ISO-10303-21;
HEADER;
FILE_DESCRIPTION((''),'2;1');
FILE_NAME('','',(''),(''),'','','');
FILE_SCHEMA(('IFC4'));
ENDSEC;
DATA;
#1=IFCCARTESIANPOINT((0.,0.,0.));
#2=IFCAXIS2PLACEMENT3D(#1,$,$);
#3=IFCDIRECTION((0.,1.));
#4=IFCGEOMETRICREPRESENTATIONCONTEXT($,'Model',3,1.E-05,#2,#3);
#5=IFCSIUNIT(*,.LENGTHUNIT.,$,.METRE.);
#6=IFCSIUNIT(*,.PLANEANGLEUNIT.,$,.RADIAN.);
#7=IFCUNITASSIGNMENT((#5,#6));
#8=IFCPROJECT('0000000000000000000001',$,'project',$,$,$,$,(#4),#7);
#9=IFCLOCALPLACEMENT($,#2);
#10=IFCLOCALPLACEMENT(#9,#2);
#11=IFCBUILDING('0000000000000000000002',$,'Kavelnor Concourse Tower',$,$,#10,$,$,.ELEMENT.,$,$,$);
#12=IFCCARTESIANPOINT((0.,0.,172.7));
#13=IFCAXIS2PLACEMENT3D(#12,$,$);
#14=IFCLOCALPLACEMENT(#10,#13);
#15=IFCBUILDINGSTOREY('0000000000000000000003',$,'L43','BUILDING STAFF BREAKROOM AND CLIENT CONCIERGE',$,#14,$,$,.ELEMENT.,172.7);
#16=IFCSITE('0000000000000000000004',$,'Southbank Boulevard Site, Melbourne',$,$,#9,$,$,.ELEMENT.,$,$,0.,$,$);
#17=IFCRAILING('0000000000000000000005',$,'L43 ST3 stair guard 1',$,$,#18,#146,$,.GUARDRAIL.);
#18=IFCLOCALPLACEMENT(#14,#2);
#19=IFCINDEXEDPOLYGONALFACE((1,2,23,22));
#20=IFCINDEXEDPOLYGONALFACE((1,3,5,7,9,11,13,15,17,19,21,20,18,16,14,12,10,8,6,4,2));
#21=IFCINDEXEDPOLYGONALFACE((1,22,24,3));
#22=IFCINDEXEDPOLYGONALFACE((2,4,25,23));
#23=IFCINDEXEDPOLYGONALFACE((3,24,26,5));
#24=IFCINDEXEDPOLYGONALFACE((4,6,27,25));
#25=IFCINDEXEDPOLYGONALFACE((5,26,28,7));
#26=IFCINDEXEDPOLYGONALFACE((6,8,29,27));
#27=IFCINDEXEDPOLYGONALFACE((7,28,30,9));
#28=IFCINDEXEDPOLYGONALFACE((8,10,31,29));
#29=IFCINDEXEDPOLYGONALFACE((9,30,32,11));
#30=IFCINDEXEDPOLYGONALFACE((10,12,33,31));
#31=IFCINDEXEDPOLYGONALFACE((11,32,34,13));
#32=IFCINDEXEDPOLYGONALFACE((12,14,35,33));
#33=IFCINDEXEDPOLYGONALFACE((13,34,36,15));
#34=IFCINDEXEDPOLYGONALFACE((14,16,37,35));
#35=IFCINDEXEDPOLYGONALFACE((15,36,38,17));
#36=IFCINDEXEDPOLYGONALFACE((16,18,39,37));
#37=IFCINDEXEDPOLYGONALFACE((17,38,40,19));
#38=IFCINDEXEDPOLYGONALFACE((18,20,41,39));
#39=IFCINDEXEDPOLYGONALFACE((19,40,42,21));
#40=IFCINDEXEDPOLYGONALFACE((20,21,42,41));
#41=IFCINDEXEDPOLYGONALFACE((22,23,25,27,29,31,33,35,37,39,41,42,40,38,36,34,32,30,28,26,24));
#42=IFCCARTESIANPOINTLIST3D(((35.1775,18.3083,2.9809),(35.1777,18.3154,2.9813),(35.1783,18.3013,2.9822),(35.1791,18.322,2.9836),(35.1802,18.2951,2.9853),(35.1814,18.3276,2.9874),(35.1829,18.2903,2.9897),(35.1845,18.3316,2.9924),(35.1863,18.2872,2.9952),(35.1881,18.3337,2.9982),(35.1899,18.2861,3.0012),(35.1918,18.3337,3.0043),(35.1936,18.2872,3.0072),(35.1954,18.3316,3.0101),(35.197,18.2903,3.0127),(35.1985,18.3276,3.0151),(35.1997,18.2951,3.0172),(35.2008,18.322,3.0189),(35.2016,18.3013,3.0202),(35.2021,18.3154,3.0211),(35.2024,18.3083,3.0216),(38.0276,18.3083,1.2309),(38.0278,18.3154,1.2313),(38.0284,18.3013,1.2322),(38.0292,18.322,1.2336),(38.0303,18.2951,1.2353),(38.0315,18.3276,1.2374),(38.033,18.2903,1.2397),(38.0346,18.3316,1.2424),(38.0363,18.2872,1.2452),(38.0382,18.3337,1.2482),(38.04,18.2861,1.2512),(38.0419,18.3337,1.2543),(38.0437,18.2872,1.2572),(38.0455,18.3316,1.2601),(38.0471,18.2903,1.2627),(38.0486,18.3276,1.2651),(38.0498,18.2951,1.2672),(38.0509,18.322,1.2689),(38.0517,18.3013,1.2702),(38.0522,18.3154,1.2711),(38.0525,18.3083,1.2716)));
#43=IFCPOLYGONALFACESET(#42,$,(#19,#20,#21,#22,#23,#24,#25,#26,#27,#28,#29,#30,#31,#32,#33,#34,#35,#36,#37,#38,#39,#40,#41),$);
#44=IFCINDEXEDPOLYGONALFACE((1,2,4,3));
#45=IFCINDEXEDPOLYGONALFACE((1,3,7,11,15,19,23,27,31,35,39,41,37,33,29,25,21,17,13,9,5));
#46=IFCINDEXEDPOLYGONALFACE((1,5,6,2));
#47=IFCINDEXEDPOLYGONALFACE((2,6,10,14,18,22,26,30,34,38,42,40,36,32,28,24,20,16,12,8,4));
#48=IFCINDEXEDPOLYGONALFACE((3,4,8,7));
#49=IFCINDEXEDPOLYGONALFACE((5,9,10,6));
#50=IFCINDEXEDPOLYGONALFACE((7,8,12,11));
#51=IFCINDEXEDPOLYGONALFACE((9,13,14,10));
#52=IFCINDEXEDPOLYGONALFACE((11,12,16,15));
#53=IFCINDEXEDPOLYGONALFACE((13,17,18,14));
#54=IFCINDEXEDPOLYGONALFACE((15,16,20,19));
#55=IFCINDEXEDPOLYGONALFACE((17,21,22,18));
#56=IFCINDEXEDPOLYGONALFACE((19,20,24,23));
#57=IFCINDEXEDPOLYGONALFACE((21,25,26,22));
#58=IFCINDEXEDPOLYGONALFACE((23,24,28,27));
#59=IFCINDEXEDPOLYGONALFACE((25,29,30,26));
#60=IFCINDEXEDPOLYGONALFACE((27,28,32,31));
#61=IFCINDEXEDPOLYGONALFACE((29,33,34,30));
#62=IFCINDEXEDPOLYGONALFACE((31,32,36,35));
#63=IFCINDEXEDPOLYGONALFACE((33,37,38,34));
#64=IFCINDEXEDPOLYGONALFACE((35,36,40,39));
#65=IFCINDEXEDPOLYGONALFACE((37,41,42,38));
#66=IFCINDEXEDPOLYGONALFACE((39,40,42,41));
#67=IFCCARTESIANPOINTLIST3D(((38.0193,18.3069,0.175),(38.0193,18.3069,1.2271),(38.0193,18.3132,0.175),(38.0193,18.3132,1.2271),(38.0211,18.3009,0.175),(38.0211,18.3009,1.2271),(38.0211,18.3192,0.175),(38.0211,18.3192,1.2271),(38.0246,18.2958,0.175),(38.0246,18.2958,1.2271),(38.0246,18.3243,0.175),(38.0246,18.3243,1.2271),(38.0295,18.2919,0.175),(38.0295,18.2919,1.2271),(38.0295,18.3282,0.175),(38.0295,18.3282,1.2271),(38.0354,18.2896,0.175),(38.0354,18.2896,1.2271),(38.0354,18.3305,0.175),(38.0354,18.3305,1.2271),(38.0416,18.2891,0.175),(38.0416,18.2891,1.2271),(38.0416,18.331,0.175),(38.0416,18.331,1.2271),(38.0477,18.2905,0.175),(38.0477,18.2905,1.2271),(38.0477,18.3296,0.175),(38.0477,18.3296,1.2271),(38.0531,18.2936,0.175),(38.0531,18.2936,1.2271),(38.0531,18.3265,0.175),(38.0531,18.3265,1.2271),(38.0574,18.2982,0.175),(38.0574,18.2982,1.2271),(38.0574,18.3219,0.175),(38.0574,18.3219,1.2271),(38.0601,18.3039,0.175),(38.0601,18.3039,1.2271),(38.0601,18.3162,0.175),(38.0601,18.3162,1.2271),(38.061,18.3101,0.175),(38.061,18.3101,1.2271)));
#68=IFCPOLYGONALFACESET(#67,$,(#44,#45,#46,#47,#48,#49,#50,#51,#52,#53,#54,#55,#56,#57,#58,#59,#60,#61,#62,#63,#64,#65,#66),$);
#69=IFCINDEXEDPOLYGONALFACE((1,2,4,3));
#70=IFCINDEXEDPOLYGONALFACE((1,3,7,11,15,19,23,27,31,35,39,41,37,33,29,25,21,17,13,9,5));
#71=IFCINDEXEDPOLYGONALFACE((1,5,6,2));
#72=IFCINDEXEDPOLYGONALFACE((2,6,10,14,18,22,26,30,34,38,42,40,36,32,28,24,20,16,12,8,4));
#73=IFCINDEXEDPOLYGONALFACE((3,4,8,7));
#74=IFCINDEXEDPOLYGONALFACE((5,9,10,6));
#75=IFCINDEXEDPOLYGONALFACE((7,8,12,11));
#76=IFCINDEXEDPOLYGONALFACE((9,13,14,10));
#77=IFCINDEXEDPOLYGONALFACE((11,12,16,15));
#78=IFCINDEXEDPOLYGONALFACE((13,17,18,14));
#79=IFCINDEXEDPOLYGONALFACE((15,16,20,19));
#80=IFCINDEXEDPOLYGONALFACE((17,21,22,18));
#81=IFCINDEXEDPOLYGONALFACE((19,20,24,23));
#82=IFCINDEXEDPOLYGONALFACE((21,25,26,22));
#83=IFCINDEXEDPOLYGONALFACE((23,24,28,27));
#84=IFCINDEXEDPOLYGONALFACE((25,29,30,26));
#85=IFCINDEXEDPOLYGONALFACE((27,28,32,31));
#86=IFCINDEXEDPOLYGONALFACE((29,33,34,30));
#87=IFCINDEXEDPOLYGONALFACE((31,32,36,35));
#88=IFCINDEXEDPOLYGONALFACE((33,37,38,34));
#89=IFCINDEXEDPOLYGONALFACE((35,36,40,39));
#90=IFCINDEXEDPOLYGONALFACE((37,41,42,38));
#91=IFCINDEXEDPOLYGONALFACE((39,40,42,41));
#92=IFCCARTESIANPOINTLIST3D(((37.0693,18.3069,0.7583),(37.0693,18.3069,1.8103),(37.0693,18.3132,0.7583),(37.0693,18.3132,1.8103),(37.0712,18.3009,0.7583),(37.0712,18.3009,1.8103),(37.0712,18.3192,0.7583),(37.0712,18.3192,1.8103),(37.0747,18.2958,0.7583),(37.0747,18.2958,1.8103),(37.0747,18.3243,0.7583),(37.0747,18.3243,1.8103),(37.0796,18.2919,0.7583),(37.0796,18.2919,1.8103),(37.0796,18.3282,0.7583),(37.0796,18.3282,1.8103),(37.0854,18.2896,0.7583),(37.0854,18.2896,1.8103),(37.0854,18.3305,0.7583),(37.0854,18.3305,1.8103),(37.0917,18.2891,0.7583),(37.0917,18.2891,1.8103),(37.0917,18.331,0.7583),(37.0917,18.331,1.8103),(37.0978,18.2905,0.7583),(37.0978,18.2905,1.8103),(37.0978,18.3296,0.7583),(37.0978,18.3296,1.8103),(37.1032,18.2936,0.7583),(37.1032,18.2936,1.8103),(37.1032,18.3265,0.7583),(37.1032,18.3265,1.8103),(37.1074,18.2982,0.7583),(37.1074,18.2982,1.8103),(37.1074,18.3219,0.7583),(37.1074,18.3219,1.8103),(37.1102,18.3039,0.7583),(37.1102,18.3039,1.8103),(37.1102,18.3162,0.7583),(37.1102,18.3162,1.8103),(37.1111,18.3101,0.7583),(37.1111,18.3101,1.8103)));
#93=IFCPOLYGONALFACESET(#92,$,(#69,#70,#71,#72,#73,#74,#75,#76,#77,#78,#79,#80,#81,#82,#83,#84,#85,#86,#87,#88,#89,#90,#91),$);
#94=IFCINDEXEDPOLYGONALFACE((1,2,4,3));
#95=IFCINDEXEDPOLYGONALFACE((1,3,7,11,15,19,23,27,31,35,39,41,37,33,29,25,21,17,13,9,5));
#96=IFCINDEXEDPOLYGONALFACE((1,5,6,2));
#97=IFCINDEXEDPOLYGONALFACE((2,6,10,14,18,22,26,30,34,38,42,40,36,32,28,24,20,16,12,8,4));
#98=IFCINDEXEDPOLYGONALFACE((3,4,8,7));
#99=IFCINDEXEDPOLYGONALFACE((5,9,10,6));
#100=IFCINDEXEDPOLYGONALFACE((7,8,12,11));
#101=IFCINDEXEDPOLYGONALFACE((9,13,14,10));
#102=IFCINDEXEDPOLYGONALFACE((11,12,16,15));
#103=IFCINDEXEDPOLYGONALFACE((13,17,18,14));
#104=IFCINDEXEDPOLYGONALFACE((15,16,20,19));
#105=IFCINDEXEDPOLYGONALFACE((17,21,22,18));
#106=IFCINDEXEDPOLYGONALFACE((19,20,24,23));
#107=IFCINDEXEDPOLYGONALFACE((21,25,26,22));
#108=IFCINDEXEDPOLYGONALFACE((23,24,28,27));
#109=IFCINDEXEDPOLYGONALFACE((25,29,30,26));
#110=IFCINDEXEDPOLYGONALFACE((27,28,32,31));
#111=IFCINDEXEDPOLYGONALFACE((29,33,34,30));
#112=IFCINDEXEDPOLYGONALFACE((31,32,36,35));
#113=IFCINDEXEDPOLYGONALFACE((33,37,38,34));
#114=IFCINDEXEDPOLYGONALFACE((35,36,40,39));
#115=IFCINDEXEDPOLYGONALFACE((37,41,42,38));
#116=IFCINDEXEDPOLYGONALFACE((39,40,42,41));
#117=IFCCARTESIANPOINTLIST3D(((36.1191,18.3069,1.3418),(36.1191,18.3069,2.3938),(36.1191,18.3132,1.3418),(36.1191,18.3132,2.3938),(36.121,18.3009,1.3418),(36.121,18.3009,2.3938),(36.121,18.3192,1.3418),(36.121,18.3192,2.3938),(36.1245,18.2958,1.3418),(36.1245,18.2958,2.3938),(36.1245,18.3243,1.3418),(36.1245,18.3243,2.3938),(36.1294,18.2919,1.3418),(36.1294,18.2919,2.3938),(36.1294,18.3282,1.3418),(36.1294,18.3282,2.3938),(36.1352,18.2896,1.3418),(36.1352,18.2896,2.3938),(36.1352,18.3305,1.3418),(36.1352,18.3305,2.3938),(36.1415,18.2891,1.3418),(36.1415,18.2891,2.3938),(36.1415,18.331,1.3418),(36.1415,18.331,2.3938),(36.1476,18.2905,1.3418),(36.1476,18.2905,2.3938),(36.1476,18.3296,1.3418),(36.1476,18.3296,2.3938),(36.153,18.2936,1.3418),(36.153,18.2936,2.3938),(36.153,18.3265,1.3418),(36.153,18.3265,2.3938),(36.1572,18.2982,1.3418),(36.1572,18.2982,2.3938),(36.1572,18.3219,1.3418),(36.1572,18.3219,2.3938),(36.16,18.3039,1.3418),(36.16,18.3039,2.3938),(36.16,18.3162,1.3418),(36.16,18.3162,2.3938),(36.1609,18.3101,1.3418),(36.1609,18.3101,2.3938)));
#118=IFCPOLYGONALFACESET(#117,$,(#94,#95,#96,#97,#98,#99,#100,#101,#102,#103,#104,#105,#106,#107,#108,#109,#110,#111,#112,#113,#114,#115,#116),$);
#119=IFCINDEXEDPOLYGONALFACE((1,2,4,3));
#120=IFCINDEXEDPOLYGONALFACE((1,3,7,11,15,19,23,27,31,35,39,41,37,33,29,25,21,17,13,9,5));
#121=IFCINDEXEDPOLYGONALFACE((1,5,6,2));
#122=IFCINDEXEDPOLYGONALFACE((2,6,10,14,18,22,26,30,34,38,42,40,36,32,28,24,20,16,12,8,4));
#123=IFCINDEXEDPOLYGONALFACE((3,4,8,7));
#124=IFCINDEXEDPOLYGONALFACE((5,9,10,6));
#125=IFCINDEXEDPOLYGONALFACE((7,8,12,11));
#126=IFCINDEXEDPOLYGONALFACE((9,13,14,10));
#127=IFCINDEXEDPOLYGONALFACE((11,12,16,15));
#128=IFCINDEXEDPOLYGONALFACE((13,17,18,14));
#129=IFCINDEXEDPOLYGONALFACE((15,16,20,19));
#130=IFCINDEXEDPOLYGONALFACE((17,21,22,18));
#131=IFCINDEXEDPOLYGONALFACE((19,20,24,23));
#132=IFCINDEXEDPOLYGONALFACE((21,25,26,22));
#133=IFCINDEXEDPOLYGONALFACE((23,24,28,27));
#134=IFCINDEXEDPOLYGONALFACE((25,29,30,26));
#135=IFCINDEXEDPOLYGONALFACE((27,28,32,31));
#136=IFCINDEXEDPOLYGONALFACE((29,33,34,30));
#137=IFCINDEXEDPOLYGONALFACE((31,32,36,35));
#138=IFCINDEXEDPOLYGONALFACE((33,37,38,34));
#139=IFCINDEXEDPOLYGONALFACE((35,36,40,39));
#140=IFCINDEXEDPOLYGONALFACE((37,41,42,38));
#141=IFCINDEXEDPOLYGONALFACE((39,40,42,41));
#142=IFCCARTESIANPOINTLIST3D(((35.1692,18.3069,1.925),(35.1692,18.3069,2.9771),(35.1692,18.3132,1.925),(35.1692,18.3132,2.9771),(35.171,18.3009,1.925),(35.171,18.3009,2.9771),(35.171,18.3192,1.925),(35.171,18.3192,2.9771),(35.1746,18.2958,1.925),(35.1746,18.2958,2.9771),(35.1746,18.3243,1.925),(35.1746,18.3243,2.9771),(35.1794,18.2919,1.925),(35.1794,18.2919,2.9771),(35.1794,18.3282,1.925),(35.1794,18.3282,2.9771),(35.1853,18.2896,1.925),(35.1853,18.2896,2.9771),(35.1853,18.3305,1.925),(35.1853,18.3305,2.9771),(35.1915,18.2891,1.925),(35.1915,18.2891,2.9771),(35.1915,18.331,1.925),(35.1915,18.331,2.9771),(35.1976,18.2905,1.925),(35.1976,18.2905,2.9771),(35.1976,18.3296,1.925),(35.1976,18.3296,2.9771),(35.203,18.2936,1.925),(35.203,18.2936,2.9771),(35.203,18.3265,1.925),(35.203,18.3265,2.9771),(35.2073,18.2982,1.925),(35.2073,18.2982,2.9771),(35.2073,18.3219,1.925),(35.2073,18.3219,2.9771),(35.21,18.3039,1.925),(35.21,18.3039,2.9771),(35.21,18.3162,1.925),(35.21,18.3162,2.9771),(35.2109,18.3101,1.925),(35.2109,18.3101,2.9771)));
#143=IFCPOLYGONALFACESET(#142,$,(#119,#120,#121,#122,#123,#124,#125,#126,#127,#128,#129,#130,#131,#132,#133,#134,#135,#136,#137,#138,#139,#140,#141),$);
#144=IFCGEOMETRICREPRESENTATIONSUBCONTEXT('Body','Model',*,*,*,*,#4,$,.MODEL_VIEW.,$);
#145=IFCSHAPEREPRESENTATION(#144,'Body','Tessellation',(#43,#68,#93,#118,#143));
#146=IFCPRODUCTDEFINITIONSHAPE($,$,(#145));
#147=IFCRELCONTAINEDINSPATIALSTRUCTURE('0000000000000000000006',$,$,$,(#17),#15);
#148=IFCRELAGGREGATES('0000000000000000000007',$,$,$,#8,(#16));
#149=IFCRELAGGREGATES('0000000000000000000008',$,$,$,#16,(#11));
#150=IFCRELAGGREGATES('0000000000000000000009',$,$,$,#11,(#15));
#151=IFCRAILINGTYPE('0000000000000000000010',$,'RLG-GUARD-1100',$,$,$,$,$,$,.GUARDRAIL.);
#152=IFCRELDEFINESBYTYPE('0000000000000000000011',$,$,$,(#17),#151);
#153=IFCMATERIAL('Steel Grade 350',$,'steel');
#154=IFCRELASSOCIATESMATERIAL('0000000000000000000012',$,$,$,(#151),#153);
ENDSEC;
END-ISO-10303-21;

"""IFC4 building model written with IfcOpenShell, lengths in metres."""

from ifc_helpers import new_model, si_unit, direction, frame, origin, origin_2d, place, context, subcontext, project, spatial, circle, extrude, material, type_object, element, save


model = new_model("IFC4")

# Units and contexts
model_context = context("Model", 3, precision=1e-05, world=origin(), true_north=direction((0.0, 1.0)))
body_context = subcontext(model_context, "Body", "Model", "MODEL_VIEW")
ifc_project = project(units=[si_unit("LENGTHUNIT", "METRE"), si_unit("PLANEANGLEUNIT", "RADIAN")], contexts=[model_context])

# Site, building, storey
site_placement = place(None, origin())
site = spatial("IfcSite", under=ifc_project, at=site_placement, Name="Southbank Boulevard Site, Melbourne", CompositionType="ELEMENT", RefElevation=0.0)
building_placement = place(site_placement, origin())
building = spatial("IfcBuilding", under=site, at=building_placement, Name="Kavelnor Concourse Tower", CompositionType="ELEMENT")
storey_placement = place(building_placement, frame((0.0, 0.0, 172.7)))
storey = spatial("IfcBuildingStorey", under=building, at=storey_placement, Name="L43", Description="BUILDING STAFF BREAKROOM AND CLIENT CONCIERGE", CompositionType="ELEMENT", Elevation=172.7)

# Shared definitions
ifc_material_1 = material(Name="Steel Grade 350", Category="steel")

# Railing
railing_type_1 = type_object("IfcRailingType", Name="RLG-GUARD-1100", PredefinedType="GUARDRAIL", material=ifc_material_1)
railing_1_placement = place(storey_placement, frame((38.04, 18.3101, 0.175)))
element("IfcRailing", 1, at=railing_1_placement, inside=storey, type_object=railing_type_1, Name="L43 ST3 stair guard 1", PredefinedType="GUARDRAIL", context=body_context, shape_type="SweptSolid", body=[
    extrude(circle(Radius=0.0239, at=origin_2d()), frame((0.0, 0.0, 1.0762), z_axis=(-0.852179, 0.0, 0.52325), x_axis=(0.0, -1.0, 0.0)), (0.0, 0.0, 1.0), 3.3445),
    extrude(circle(Radius=0.021, at=origin_2d()), origin(), (0.0, 0.0, 1.0), 1.052),
    extrude(circle(Radius=0.021, at=origin_2d()), frame((-0.95, 0.0, 0.5833)), (0.0, 0.0, 1.0), 1.052),
    extrude(circle(Radius=0.021, at=origin_2d()), frame((-1.9001, 0.0, 1.1667)), (0.0, 0.0, 1.0), 1.052),
    extrude(circle(Radius=0.021, at=origin_2d()), frame((-2.8501, 0.0, 1.75)), (0.0, 0.0, 1.0), 1.052),
])

save(model, "model.ifc")
